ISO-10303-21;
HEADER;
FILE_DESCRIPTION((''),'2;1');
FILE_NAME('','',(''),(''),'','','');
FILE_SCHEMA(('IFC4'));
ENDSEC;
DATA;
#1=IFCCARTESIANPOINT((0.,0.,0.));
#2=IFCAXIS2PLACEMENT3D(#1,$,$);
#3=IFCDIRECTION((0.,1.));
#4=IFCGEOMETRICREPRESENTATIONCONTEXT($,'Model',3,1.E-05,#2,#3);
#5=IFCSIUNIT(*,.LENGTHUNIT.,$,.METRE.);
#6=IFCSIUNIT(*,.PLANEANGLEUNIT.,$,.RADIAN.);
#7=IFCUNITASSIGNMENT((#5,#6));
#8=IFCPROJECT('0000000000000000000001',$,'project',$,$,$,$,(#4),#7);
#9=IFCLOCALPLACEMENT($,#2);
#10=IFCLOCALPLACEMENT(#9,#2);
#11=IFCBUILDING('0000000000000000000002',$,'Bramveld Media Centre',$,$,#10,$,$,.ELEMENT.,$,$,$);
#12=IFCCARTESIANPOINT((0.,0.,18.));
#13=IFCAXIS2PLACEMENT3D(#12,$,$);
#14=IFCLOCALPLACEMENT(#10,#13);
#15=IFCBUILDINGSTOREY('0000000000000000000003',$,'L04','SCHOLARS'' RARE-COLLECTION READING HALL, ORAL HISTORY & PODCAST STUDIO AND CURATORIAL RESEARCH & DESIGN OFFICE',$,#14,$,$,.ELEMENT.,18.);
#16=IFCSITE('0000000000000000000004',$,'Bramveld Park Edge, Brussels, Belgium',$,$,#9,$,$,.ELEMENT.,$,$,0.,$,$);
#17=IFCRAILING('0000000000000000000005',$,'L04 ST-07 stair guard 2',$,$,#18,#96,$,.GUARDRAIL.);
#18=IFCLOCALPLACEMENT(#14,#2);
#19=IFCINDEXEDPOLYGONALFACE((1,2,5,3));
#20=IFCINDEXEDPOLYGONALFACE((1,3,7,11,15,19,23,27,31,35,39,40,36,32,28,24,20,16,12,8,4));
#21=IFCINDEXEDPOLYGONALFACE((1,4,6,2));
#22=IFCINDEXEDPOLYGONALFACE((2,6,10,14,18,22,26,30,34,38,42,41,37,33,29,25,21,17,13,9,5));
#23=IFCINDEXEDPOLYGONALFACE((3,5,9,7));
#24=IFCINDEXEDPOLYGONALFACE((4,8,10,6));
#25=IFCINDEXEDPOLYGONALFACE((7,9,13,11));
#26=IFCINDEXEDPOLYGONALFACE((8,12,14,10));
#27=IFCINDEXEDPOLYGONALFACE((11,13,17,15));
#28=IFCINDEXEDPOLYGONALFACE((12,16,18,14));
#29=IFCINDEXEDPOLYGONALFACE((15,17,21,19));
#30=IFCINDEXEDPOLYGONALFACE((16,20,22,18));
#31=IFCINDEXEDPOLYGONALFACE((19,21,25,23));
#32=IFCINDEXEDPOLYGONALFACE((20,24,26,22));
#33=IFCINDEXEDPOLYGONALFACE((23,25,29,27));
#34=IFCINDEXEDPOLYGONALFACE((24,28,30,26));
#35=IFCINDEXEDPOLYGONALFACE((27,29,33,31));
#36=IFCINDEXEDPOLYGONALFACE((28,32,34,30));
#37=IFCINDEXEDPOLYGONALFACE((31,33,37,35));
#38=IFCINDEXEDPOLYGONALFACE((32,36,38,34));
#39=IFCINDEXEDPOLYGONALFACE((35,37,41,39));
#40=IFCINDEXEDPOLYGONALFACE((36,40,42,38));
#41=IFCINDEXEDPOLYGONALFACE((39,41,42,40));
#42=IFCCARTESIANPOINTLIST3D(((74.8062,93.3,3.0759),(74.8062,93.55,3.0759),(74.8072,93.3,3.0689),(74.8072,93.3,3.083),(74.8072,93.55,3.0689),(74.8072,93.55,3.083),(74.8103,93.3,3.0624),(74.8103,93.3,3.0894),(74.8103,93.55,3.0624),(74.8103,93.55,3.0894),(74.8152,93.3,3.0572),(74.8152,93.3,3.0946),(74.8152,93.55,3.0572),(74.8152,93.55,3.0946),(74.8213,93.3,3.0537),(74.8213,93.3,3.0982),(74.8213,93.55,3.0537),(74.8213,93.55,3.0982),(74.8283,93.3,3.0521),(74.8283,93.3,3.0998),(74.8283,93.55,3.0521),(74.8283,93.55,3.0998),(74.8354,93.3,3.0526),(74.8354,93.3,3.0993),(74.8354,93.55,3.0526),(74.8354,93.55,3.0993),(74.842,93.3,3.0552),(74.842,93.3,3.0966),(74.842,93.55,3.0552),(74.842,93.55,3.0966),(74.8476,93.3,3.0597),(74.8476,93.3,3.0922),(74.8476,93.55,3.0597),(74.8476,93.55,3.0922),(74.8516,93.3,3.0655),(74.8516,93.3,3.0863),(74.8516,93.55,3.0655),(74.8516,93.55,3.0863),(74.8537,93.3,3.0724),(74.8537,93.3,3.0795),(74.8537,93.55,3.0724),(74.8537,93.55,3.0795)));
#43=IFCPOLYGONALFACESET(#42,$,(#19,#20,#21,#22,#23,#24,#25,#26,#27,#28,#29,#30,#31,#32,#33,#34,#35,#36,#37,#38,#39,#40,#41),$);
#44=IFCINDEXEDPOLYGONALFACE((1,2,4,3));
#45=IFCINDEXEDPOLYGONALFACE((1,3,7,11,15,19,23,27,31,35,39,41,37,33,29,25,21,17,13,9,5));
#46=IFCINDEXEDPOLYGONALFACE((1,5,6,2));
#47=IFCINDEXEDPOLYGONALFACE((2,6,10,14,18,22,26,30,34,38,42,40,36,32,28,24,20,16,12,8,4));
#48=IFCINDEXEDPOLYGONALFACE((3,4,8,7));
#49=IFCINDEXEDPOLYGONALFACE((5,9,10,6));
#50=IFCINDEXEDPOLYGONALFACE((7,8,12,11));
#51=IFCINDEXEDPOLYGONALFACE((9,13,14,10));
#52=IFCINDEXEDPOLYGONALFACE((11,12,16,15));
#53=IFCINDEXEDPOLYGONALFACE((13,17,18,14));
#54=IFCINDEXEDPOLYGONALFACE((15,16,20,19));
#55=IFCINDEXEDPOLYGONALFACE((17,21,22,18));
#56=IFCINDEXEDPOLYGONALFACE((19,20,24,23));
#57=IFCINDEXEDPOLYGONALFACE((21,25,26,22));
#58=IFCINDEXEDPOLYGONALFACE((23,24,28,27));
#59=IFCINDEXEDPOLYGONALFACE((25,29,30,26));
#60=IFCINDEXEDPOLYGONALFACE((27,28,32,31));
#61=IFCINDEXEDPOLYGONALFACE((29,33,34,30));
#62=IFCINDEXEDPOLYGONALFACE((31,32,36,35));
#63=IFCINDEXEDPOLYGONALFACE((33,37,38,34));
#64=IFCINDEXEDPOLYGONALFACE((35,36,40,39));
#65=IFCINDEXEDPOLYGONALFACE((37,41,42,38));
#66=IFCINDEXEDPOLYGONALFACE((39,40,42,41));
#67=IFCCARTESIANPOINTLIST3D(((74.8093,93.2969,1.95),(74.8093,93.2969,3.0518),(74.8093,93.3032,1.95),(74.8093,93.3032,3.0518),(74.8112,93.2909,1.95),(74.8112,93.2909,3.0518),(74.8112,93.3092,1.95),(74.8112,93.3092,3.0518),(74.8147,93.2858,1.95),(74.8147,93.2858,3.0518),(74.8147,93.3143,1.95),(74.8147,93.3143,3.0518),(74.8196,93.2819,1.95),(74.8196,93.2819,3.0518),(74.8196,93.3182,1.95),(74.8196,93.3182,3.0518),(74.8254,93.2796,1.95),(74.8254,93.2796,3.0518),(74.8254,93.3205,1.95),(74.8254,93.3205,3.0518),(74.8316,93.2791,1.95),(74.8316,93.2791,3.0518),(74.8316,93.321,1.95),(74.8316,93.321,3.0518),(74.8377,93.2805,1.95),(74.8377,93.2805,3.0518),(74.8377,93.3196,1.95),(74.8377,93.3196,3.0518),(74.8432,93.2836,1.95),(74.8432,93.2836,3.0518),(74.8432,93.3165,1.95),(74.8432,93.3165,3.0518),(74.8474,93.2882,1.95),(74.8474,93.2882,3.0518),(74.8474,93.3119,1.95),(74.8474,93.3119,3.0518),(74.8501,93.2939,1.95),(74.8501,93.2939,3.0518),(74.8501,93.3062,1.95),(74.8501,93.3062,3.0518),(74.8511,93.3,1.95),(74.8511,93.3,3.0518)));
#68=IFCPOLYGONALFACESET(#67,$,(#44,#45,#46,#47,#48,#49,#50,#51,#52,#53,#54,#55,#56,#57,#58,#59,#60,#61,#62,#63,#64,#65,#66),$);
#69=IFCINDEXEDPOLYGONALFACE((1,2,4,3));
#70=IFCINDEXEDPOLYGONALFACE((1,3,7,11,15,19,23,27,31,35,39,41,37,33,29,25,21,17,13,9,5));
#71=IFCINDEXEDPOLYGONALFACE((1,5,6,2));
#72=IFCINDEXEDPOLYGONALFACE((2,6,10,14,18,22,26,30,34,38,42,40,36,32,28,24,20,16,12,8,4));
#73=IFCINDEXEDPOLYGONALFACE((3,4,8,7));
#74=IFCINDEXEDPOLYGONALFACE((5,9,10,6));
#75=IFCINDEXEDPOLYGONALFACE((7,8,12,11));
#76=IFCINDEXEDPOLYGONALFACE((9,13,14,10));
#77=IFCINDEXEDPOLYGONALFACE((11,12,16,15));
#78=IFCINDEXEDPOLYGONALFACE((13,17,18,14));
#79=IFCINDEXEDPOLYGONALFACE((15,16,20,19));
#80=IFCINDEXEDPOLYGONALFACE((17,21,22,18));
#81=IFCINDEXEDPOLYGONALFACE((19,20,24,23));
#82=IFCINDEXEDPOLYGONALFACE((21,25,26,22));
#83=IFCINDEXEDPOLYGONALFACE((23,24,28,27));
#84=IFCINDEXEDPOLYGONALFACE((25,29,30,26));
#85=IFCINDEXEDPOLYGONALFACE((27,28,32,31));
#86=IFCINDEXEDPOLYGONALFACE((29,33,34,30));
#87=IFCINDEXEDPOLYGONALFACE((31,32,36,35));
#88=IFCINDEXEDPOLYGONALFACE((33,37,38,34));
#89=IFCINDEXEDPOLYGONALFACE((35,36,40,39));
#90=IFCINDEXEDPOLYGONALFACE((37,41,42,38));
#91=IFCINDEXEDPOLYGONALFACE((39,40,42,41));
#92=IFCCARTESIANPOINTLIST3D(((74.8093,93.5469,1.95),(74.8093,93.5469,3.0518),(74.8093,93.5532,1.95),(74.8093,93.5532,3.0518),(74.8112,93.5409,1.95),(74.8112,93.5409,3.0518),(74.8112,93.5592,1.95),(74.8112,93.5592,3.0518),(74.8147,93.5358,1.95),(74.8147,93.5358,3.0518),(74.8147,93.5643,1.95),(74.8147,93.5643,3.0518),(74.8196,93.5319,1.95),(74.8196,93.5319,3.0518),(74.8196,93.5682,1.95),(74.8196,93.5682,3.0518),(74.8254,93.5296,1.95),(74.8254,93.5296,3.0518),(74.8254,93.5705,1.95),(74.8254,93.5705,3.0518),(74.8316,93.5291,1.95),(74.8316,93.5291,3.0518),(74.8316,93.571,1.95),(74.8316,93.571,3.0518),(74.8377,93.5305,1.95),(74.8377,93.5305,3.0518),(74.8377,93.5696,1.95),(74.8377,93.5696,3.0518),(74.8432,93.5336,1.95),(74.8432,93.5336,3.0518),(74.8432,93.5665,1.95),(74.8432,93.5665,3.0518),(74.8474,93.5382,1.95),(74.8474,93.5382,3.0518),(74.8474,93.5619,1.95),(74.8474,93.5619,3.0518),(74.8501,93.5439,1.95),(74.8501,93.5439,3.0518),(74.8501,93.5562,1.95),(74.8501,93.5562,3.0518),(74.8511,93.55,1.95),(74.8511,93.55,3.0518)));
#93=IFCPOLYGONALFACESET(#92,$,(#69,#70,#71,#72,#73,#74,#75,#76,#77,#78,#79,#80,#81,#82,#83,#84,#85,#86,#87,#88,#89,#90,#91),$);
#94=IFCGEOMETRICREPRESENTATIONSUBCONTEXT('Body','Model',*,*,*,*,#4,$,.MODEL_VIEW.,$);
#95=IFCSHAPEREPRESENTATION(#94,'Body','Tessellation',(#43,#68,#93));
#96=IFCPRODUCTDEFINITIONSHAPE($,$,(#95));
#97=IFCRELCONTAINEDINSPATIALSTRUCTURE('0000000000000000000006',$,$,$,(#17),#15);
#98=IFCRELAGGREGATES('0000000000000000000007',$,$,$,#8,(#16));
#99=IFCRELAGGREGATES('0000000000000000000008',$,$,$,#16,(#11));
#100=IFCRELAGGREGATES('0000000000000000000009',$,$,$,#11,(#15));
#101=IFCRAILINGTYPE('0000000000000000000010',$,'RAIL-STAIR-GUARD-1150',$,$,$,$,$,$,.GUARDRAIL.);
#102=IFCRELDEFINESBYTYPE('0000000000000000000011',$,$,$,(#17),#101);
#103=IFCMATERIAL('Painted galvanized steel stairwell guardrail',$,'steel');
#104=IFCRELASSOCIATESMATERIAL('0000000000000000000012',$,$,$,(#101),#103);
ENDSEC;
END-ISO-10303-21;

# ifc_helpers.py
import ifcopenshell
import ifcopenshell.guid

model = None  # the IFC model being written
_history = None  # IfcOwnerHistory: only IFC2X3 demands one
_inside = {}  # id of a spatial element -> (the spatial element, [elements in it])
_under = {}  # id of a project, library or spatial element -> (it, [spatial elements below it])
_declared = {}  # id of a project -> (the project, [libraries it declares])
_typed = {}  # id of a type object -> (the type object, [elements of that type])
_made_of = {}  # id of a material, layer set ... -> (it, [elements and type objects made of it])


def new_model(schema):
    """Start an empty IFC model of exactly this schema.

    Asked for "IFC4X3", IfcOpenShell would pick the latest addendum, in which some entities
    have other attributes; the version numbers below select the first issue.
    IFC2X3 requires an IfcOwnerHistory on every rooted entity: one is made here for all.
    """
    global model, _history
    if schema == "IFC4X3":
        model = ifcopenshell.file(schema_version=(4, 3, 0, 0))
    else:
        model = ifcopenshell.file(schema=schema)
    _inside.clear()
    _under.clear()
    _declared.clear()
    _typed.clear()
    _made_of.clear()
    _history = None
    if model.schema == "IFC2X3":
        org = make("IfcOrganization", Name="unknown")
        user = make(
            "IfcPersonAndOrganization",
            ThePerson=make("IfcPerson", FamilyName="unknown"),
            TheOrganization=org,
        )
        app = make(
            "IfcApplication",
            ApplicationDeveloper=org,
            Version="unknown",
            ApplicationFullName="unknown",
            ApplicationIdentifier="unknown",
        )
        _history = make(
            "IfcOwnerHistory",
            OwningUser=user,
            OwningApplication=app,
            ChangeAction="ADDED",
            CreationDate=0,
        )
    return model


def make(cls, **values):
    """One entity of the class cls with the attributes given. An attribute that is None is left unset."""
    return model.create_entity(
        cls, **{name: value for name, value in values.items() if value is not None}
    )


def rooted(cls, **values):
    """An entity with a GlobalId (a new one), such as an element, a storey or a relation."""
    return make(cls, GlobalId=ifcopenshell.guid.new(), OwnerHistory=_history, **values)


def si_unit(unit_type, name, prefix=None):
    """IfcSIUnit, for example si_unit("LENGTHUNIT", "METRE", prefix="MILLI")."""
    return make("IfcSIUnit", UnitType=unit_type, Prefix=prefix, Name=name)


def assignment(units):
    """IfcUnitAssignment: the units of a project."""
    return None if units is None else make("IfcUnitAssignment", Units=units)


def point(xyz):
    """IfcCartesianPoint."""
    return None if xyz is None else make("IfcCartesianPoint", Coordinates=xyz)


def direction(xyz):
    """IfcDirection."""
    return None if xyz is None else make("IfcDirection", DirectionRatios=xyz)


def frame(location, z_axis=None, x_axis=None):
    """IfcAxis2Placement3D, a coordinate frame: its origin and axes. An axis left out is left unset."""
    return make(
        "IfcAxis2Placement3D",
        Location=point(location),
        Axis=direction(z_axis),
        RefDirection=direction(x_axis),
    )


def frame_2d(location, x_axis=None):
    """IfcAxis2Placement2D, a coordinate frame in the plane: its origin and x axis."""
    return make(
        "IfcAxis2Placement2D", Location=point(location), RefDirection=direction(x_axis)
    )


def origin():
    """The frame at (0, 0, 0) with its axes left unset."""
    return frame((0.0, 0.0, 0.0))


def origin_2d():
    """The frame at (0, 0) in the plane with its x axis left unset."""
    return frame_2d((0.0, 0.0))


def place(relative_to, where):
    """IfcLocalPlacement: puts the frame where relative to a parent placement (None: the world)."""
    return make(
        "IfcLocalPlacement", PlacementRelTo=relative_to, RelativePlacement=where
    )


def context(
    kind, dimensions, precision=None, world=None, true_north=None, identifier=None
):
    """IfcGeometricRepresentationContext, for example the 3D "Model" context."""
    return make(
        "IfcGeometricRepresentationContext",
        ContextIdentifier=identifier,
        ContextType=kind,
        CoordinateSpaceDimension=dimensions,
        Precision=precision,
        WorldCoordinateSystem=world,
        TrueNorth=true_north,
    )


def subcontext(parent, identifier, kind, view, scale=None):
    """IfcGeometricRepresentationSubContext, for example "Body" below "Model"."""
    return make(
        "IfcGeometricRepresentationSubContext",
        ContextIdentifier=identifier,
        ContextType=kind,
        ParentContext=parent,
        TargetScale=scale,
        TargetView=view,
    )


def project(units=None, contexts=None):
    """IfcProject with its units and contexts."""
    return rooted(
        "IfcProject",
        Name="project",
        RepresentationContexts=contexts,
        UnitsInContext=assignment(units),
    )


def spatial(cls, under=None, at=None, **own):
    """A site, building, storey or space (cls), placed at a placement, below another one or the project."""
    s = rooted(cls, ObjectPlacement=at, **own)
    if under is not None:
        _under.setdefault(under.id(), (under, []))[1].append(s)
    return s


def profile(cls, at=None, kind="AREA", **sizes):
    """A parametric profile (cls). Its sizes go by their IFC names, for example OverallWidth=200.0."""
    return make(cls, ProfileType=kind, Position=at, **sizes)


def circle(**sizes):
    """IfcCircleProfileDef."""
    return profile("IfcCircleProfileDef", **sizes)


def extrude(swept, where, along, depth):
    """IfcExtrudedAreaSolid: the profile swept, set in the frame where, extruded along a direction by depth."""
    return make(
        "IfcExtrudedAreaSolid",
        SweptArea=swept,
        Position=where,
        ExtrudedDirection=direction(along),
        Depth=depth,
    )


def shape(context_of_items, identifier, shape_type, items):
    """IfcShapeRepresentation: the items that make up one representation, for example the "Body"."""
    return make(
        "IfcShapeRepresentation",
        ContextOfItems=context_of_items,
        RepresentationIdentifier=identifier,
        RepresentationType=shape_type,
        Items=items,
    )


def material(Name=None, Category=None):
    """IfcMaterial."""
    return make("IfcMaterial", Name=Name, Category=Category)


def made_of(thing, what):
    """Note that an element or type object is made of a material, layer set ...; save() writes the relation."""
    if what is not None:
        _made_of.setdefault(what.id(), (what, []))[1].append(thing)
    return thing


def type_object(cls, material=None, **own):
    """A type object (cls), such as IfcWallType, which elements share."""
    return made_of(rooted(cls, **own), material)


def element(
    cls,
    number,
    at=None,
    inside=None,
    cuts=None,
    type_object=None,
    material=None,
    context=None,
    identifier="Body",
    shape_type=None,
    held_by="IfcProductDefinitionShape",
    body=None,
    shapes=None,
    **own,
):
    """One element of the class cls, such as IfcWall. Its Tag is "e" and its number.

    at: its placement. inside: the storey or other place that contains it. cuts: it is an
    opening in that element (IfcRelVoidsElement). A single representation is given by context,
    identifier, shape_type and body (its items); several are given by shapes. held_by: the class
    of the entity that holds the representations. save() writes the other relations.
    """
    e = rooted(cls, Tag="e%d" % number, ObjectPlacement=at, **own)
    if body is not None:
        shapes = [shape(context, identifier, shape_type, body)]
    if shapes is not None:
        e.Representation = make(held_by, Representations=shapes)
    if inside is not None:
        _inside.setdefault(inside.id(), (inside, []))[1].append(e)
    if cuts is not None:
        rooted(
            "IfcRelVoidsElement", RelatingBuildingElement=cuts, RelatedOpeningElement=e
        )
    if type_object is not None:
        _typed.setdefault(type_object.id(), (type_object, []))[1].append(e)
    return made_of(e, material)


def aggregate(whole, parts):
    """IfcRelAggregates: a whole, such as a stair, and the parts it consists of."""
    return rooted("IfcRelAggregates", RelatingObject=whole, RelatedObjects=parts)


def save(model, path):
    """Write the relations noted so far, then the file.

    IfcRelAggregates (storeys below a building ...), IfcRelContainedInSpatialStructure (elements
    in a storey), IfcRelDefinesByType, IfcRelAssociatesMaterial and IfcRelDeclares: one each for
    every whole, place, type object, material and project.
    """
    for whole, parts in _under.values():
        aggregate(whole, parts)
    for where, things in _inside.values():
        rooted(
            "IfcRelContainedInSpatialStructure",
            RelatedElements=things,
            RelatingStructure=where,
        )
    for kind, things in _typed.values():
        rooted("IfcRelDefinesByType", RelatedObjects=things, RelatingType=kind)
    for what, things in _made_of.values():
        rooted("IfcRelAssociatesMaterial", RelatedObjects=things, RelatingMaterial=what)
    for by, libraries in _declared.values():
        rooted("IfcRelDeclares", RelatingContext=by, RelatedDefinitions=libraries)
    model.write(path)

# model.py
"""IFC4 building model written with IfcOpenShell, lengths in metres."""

from ifc_helpers import new_model, si_unit, direction, frame, origin, origin_2d, place, context, subcontext, project, spatial, circle, extrude, material, type_object, element, save


model = new_model("IFC4")

# Units and contexts
model_context = context("Model", 3, precision=1e-05, world=origin(), true_north=direction((0.0, 1.0)))
body_context = subcontext(model_context, "Body", "Model", "MODEL_VIEW")
ifc_project = project(units=[si_unit("LENGTHUNIT", "METRE"), si_unit("PLANEANGLEUNIT", "RADIAN")], contexts=[model_context])

# Site, building, storey
site_placement = place(None, origin())
site = spatial("IfcSite", under=ifc_project, at=site_placement, Name="Bramveld Park Edge, Brussels, Belgium", CompositionType="ELEMENT", RefElevation=0.0)
building_placement = place(site_placement, origin())
building = spatial("IfcBuilding", under=site, at=building_placement, Name="Bramveld Media Centre", CompositionType="ELEMENT")
storey_placement = place(building_placement, frame((0.0, 0.0, 18.0)))
storey = spatial("IfcBuildingStorey", under=building, at=storey_placement, Name="L04", Description="SCHOLARS' RARE-COLLECTION READING HALL, ORAL HISTORY & PODCAST STUDIO AND CURATORIAL RESEARCH & DESIGN OFFICE", CompositionType="ELEMENT", Elevation=18.0)

# Railing
ifc_material_1 = material(Name="Painted galvanized steel stairwell guardrail", Category="steel")
railing_type_1 = type_object("IfcRailingType", Name="RAIL-STAIR-GUARD-1150", PredefinedType="GUARDRAIL", material=ifc_material_1)
railing_1_placement = place(storey_placement, frame((74.8301, 93.3, 1.95)))
element("IfcRailing", 1, at=railing_1_placement, inside=storey, type_object=railing_type_1, Name="L04 ST-07 stair guard 2", PredefinedType="GUARDRAIL", context=body_context, shape_type="SweptSolid", body=[
    extrude(circle(Radius=0.0239, at=origin_2d()), frame((0.0, 0.0, 1.126), z_axis=(0.0, 1.0, 0.0), x_axis=(-1.0, 0.0, 0.0)), (0.0, 0.0, 1.0), 0.25),
    extrude(circle(Radius=0.021, at=origin_2d()), origin(), (0.0, 0.0, 1.0), 1.1018),
    extrude(circle(Radius=0.021, at=origin_2d()), frame((0.0, 0.25, 0.0)), (0.0, 0.0, 1.0), 1.1018),
])

save(model, "model.ifc")
